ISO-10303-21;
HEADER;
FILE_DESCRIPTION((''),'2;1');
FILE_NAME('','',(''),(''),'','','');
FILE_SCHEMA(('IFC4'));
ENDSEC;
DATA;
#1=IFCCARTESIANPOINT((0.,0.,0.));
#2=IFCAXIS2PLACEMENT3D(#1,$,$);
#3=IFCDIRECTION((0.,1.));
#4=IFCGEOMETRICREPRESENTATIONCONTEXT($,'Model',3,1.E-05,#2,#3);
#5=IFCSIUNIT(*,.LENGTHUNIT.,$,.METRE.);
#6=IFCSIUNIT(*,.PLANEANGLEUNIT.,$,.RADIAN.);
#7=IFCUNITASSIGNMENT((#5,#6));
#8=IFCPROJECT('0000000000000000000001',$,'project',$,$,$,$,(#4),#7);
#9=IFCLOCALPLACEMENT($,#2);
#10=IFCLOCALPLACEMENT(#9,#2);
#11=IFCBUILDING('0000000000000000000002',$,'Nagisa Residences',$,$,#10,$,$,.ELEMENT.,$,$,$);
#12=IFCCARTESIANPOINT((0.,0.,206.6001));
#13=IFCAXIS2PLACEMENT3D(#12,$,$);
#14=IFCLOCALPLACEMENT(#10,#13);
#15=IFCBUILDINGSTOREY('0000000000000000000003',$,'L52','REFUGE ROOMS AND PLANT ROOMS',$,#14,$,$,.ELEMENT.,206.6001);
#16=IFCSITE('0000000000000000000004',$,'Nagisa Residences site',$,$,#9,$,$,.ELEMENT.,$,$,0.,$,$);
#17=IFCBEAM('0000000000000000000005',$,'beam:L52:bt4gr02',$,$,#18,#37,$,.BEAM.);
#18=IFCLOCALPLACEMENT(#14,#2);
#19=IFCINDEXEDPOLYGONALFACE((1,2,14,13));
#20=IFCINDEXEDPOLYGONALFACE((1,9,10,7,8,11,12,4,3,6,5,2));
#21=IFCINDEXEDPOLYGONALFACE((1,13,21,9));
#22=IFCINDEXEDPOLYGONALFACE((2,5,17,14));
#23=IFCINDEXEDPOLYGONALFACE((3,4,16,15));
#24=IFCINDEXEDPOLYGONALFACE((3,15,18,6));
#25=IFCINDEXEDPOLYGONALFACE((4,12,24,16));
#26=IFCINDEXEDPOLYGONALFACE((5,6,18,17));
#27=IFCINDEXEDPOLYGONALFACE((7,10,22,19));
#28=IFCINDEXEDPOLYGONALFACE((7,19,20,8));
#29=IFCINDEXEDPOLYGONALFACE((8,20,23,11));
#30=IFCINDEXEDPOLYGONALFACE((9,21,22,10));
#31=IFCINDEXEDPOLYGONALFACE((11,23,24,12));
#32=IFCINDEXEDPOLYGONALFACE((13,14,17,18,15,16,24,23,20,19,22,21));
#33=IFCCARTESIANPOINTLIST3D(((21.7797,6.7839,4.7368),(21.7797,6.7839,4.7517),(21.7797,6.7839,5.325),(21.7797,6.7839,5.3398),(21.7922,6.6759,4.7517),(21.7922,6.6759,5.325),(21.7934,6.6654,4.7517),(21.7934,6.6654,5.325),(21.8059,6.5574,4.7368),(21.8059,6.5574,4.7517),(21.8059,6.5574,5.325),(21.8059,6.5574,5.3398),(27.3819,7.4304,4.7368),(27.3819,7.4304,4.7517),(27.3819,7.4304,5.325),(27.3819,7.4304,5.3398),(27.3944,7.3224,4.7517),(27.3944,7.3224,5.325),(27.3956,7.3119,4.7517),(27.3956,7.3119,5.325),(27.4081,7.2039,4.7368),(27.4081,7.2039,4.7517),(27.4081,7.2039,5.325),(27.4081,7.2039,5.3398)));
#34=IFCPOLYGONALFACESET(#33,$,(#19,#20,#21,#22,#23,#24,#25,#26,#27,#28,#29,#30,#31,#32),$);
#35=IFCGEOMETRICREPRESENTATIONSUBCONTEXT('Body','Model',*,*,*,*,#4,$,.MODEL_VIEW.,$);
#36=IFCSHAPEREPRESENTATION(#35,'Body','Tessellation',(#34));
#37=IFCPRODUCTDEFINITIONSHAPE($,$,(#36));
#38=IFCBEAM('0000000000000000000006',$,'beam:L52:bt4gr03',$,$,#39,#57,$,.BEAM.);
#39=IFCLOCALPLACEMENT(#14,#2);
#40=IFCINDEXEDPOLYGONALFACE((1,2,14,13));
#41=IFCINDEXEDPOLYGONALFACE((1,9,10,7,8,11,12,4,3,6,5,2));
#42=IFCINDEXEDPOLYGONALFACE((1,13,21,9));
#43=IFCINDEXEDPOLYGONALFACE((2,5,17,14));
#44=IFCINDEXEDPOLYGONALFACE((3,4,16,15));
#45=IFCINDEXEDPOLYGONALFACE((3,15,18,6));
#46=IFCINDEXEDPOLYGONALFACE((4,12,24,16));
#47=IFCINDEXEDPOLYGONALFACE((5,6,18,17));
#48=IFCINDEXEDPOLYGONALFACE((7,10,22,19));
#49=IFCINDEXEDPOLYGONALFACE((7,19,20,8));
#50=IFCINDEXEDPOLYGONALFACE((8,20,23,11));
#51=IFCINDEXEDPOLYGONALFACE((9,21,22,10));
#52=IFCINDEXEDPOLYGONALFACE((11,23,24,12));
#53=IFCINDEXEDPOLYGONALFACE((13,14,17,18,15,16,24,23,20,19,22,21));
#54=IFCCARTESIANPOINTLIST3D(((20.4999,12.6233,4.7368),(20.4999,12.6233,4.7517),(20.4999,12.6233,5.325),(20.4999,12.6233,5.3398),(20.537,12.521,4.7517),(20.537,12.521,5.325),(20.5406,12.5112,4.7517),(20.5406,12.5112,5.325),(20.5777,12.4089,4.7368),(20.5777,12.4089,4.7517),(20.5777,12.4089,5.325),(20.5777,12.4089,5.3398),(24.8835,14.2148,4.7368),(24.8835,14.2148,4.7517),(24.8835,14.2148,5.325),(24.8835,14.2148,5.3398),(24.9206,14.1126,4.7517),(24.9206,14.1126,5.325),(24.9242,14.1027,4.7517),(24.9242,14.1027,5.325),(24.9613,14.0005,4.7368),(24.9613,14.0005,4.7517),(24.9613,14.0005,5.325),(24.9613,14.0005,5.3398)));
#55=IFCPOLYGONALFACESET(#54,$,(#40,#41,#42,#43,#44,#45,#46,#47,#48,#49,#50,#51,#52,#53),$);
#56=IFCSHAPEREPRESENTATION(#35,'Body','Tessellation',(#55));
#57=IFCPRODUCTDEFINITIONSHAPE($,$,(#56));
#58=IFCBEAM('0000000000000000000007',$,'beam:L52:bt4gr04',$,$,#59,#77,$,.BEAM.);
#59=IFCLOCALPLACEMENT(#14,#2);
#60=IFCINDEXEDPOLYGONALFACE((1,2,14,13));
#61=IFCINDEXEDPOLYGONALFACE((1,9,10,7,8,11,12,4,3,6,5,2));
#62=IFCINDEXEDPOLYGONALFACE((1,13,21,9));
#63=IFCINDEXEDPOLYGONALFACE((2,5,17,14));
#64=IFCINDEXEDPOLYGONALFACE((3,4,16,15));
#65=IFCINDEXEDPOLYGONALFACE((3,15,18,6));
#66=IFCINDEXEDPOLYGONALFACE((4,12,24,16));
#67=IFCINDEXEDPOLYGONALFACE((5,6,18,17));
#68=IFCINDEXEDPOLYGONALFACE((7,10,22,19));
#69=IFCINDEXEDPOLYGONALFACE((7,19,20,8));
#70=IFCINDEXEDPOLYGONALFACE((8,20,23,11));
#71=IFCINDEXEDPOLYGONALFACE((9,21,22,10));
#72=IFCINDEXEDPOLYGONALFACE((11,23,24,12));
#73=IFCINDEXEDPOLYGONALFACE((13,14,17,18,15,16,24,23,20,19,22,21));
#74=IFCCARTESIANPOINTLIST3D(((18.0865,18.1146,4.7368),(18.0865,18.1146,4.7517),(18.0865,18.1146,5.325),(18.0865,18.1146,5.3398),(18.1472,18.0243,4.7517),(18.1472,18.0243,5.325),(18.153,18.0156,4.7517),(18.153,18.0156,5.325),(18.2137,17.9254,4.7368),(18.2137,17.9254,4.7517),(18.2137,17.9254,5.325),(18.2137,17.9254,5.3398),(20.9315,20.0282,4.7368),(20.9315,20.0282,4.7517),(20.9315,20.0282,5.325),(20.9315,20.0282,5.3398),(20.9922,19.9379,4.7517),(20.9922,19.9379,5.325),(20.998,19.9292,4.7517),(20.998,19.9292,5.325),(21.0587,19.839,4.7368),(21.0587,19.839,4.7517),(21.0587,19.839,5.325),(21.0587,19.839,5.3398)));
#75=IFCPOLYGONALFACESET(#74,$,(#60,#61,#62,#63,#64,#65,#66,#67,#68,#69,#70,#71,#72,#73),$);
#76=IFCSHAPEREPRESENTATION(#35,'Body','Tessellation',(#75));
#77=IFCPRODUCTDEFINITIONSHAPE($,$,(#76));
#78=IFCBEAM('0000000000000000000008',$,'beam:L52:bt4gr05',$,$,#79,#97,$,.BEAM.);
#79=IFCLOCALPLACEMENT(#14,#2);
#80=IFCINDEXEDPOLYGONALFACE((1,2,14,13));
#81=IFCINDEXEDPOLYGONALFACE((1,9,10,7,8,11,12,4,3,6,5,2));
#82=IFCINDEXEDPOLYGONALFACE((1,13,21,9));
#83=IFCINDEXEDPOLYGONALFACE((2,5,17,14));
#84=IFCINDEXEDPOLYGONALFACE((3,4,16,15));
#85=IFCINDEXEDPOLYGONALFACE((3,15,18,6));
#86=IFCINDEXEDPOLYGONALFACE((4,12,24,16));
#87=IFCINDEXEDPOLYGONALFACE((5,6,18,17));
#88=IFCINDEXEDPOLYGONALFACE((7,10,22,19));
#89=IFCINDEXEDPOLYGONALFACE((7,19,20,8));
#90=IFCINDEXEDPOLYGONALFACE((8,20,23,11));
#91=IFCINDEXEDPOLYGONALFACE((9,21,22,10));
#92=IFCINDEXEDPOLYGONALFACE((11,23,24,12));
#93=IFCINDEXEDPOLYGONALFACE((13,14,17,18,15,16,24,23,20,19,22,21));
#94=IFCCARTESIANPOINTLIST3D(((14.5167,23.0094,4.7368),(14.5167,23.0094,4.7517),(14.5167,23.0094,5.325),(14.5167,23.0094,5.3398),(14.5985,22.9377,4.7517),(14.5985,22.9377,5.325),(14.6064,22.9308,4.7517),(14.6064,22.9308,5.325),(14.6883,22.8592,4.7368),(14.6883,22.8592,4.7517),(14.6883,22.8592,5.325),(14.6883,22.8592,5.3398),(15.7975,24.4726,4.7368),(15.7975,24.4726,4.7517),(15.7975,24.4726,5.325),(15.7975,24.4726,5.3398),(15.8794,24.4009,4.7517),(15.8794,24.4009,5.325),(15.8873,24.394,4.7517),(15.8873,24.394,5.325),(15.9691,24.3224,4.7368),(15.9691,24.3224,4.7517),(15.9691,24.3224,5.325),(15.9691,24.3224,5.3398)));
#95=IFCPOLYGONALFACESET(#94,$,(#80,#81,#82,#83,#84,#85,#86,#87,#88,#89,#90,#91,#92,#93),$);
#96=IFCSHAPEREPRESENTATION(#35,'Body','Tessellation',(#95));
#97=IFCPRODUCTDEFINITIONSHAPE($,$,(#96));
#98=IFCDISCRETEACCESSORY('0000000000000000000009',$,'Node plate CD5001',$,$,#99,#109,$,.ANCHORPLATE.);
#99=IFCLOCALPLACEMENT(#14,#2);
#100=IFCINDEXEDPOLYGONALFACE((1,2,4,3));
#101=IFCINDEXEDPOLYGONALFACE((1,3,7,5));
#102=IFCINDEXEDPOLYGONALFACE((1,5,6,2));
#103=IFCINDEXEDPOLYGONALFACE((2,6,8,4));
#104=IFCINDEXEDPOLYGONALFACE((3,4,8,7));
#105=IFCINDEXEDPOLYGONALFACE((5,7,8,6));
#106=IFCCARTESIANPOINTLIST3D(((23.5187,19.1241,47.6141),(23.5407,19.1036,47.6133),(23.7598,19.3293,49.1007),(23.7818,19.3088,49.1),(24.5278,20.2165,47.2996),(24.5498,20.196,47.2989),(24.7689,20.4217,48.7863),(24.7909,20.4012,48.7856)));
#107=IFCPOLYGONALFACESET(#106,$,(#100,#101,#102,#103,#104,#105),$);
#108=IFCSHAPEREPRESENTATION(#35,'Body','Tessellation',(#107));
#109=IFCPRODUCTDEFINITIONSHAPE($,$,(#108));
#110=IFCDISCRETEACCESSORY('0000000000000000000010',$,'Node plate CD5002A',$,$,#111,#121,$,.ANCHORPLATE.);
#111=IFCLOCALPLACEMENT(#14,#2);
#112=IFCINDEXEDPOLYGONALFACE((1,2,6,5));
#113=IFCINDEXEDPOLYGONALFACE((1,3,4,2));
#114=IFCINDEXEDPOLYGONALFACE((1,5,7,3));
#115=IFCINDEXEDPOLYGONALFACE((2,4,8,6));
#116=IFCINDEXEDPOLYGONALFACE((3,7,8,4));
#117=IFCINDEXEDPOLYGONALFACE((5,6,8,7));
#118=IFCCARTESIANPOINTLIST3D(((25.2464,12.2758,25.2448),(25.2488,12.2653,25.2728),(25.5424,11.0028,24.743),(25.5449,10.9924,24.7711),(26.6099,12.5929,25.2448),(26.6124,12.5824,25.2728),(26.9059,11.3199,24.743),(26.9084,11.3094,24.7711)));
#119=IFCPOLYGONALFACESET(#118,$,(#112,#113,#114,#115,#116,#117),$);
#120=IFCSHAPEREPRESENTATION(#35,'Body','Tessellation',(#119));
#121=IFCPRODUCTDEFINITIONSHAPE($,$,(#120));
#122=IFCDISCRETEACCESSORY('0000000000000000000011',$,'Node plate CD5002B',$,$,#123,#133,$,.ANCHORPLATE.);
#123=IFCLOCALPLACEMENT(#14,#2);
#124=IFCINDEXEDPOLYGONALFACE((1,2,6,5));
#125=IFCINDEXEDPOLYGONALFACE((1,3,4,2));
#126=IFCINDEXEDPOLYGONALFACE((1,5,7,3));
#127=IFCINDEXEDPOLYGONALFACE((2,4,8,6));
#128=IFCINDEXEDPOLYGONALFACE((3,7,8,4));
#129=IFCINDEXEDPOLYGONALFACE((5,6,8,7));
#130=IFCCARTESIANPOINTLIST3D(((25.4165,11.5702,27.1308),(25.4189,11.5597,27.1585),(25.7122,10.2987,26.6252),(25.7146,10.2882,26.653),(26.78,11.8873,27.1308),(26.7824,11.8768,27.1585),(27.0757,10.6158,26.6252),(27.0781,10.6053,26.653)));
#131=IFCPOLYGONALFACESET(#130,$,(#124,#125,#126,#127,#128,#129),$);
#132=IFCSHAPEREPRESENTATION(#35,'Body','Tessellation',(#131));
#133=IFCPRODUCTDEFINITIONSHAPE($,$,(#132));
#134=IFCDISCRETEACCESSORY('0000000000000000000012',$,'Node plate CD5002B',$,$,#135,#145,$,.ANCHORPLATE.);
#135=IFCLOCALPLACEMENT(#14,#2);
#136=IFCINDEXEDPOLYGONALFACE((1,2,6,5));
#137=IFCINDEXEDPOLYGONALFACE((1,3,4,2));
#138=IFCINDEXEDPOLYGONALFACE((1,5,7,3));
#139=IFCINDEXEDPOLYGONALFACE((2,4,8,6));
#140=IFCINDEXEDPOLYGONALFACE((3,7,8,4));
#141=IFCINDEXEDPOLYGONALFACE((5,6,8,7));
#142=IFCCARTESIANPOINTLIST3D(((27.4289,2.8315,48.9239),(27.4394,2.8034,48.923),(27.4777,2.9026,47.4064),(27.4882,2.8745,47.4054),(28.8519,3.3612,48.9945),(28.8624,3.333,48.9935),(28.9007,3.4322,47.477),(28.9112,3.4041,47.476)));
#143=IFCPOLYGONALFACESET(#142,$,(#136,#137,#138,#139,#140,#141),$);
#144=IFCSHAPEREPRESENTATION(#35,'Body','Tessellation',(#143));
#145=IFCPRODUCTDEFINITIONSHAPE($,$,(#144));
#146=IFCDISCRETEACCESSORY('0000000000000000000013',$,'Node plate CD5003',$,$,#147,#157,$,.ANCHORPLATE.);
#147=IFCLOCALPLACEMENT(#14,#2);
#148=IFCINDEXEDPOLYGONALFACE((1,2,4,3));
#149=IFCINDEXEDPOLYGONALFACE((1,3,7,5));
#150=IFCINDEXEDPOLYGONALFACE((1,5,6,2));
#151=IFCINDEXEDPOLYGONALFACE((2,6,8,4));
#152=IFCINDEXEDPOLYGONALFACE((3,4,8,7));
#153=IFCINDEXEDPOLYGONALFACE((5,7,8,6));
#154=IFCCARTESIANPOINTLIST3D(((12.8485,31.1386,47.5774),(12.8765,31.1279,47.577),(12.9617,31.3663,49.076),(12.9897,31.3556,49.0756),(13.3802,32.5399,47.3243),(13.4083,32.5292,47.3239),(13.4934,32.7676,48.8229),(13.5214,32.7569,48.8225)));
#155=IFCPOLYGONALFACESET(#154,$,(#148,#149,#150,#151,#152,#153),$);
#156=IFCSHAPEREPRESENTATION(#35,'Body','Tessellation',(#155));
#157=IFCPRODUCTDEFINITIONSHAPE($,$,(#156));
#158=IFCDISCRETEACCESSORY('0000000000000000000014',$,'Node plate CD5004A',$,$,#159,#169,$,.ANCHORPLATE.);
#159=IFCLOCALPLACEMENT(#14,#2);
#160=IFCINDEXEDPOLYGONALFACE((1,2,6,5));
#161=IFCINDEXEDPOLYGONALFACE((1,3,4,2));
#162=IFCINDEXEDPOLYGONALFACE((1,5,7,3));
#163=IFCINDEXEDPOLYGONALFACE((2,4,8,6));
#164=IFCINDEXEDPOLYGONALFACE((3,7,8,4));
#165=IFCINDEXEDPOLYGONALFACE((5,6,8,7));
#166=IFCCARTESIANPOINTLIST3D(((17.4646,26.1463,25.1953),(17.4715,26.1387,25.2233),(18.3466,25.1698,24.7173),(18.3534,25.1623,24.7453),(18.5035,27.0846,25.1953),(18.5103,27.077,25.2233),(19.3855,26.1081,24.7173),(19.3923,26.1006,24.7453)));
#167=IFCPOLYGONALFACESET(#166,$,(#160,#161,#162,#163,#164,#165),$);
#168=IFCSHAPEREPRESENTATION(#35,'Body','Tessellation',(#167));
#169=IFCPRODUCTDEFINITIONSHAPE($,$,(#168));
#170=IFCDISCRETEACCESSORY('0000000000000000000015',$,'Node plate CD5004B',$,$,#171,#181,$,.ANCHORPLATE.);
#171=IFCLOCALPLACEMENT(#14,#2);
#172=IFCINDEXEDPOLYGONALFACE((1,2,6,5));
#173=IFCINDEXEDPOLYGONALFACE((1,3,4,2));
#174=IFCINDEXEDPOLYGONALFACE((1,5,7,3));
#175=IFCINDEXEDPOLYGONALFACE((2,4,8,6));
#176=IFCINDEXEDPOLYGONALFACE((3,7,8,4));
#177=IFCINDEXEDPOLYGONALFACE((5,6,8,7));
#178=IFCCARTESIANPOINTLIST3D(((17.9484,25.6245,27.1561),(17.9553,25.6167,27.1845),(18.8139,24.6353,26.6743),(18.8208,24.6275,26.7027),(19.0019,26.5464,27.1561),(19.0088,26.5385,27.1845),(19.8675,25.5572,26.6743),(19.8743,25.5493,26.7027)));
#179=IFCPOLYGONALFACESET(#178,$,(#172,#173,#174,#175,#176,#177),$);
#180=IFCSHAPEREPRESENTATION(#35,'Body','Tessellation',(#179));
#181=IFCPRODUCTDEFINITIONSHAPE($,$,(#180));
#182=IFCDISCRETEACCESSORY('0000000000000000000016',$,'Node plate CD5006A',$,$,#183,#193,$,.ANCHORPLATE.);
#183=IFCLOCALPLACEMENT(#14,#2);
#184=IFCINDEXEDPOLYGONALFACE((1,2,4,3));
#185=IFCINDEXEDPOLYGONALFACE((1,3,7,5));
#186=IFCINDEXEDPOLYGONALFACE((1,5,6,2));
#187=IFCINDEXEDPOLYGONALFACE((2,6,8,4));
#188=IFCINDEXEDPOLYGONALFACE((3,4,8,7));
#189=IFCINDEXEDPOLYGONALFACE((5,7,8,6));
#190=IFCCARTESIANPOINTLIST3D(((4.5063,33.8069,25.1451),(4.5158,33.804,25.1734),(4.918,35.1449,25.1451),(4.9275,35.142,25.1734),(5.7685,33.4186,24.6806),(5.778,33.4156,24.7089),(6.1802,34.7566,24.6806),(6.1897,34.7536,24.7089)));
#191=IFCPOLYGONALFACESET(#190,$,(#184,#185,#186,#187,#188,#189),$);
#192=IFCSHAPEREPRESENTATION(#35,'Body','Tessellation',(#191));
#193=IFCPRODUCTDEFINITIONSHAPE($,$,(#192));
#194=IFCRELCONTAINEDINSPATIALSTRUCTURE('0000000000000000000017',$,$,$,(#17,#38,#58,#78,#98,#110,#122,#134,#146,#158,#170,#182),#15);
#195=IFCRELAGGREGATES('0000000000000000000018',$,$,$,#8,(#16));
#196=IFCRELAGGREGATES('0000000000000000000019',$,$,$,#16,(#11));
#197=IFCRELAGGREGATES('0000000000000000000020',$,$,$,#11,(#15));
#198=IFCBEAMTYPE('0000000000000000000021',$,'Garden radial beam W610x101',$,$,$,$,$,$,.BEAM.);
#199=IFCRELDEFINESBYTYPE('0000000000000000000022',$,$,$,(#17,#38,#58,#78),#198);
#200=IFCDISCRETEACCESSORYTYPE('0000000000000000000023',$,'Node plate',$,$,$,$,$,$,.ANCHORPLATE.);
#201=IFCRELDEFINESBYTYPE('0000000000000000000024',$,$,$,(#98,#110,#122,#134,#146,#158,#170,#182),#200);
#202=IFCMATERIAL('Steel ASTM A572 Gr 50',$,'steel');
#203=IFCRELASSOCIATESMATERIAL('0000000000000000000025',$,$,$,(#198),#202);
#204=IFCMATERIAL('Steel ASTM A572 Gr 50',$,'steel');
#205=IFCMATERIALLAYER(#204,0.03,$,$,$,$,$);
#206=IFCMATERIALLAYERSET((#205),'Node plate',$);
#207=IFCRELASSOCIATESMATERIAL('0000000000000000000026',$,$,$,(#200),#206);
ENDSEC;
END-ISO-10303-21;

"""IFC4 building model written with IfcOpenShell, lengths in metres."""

from ifc_helpers import new_model, si_unit, direction, frame, origin, origin_2d, place, context, subcontext, project, spatial, rectangle, i_section, extrude, material, layer, layer_set, material_profile, profile_set, type_object, element, save


model = new_model("IFC4")

# Units and contexts
model_context = context("Model", 3, precision=1e-05, world=origin(), true_north=direction((0.0, 1.0)))
body_context = subcontext(model_context, "Body", "Model", "MODEL_VIEW")
ifc_project = project(units=[si_unit("LENGTHUNIT", "METRE"), si_unit("PLANEANGLEUNIT", "RADIAN")], contexts=[model_context])

# Site, building, storey
site_placement = place(None, origin())
site = spatial("IfcSite", under=ifc_project, at=site_placement, Name="Nagisa Residences site", CompositionType="ELEMENT", RefElevation=0.0)
building_placement = place(site_placement, origin())
building = spatial("IfcBuilding", under=site, at=building_placement, Name="Nagisa Residences", CompositionType="ELEMENT")
storey_placement = place(building_placement, frame((0.0, 0.0, 206.6001)))
storey = spatial("IfcBuildingStorey", under=building, at=storey_placement, Name="L52", Description="REFUGE ROOMS AND PLANT ROOMS", CompositionType="ELEMENT", Elevation=206.6001)

# Beams
ifc_material_1 = material(Name="Steel ASTM A572 Gr 50", Category="steel")
ifc_material_profile_1 = material_profile(ifc_material_1, i_section(OverallWidth=0.228, OverallDepth=0.603, WebThickness=0.0105, FlangeThickness=0.0149, at=origin_2d()), Name="W610x101")
ifc_profile_set_1 = profile_set([ifc_material_profile_1], Name="Steel ASTM A572 Gr 50")
beam_type_1 = type_object("IfcBeamType", Name="Garden radial beam W610x101", PredefinedType="BEAM", material=ifc_profile_set_1)
beam_1_placement = place(storey_placement, frame((27.395, 7.3171, 5.0383), z_axis=(-0.993408, -0.114636, 0.0), x_axis=(0.114636, -0.993408, 0.0)))
element("IfcBeam", 1, at=beam_1_placement, inside=storey, type_object=beam_type_1, Name="beam:L52:bt4gr02", PredefinedType="BEAM", context=body_context, shape_type="SweptSolid", body=[
    extrude(i_section(OverallWidth=0.228, OverallDepth=0.603, WebThickness=0.0105, FlangeThickness=0.0149, at=origin_2d()), origin(), (0.0, 0.0, 1.0), 5.6394),
])
beam_2_placement = place(storey_placement, frame((24.9224, 14.1077, 5.0383), z_axis=(-0.939963, -0.341276, 0.0), x_axis=(0.341276, -0.939963, 0.0)))
element("IfcBeam", 2, at=beam_2_placement, inside=storey, type_object=beam_type_1, Name="beam:L52:bt4gr03", PredefinedType="BEAM", context=body_context, shape_type="SweptSolid", body=[
    extrude(i_section(OverallWidth=0.228, OverallDepth=0.603, WebThickness=0.0105, FlangeThickness=0.0149, at=origin_2d()), origin(), (0.0, 0.0, 1.0), 4.6636),
])
beam_3_placement = place(storey_placement, frame((20.9951, 19.9336, 5.0383), z_axis=(-0.829765, -0.558113, 0.0), x_axis=(0.558113, -0.829765, 0.0)))
element("IfcBeam", 3, at=beam_3_placement, inside=storey, type_object=beam_type_1, Name="beam:L52:bt4gr04", PredefinedType="BEAM", context=body_context, shape_type="SweptSolid", body=[
    extrude(i_section(OverallWidth=0.228, OverallDepth=0.603, WebThickness=0.0105, FlangeThickness=0.0149, at=origin_2d()), origin(), (0.0, 0.0, 1.0), 3.4287),
])
beam_4_placement = place(storey_placement, frame((15.8833, 24.3975, 5.0383), z_axis=(-0.658656, -0.752444, 0.0), x_axis=(0.752444, -0.658656, 0.0)))
element("IfcBeam", 4, at=beam_4_placement, inside=storey, type_object=beam_type_1, Name="beam:L52:bt4gr05", PredefinedType="BEAM", context=body_context, shape_type="SweptSolid", body=[
    extrude(i_section(OverallWidth=0.228, OverallDepth=0.603, WebThickness=0.0105, FlangeThickness=0.0149, at=origin_2d()), origin(), (0.0, 0.0, 1.0), 1.9446),
])

# Discrete accessories
ifc_material_2 = material(Name="Steel ASTM A572 Gr 50", Category="steel")
ifc_layer = layer(ifc_material_2, 0.03)
ifc_layer_set = layer_set([ifc_layer], Name="Node plate")
discrete_accessory_type = type_object("IfcDiscreteAccessoryType", Name="Node plate", PredefinedType="ANCHORPLATE", material=ifc_layer_set)
discrete_accessory_1_placement = place(storey_placement, frame((24.1658, 19.7524, 48.1995), z_axis=(-0.730838, 0.682116, 0.024361), x_axis=(-0.158607, -0.135005, -0.978068)))
element("IfcDiscreteAccessory", 5, at=discrete_accessory_1_placement, inside=storey, type_object=discrete_accessory_type, Name="Node plate CD5001", PredefinedType="ANCHORPLATE", context=body_context, shape_type="SweptSolid", body=[
    extrude(rectangle(XDim=1.52, YDim=1.52, at=origin_2d()), origin(), (0.0, 0.0, 1.0), 0.03),
])
discrete_accessory_2_placement = place(storey_placement, frame((26.0762, 11.7979, 24.9939), z_axis=(0.08118, -0.349075, 0.933572), x_axis=(0.974008, 0.226513, 0.0)))
element("IfcDiscreteAccessory", 6, at=discrete_accessory_2_placement, inside=storey, type_object=discrete_accessory_type, Name="Node plate CD5002A", PredefinedType="ANCHORPLATE", context=body_context, shape_type="SweptSolid", body=[
    extrude(rectangle(XDim=1.3999, YDim=1.3999, at=origin_2d()), origin(), (0.0, 0.0, 1.0), 0.03),
])
discrete_accessory_3_placement = place(storey_placement, frame((26.2485, 11.0825, 26.9058), z_axis=(-0.0818, 0.351739, -0.932517), x_axis=(-0.974008, -0.226513, 0.0)))
element("IfcDiscreteAccessory", 7, at=discrete_accessory_3_placement, inside=storey, type_object=discrete_accessory_type, Name="Node plate CD5002B", PredefinedType="ANCHORPLATE", context=body_context, shape_type="SweptSolid", body=[
    extrude(rectangle(XDim=1.3999, YDim=1.3999, at=origin_2d()), origin(), (0.0, 0.0, 1.0), 0.0298),
])
for number, where, z_axis, x_axis, name in (
    (8, (28.1753, 3.1038, 48.1995), (-0.350045, 0.936167, 0.032562), (0.032132, 0.046741, -0.99839), "Node plate CD5002B"),
    (9, (13.199, 31.9424, 48.1997), (-0.933849, 0.357299, 0.016241), (-0.074466, -0.149813, -0.985906), "Node plate CD5003"),
):
    element("IfcDiscreteAccessory", number, at=place(storey_placement, frame(where, z_axis=z_axis, x_axis=x_axis)), inside=storey, type_object=discrete_accessory_type, Name=name, PredefinedType="ANCHORPLATE", context=body_context, shape_type="SweptSolid", body=[
        extrude(rectangle(XDim=1.52, YDim=1.52, at=origin_2d()), origin(), (0.0, 0.0, 1.0), 0.03),
    ])
discrete_accessory_4_placement = place(storey_placement, frame((18.425, 26.1272, 24.9563), z_axis=(0.228848, -0.253367, 0.939911), x_axis=(0.742103, 0.670286, 0.0)))
element("IfcDiscreteAccessory", 10, at=discrete_accessory_4_placement, inside=storey, type_object=discrete_accessory_type, Name="Node plate CD5004A", PredefinedType="ANCHORPLATE", context=body_context, shape_type="SweptSolid", body=[
    extrude(rectangle(XDim=1.3999, YDim=1.3999, at=origin_2d()), origin(), (0.0, 0.0, 1.0), 0.0298),
])
discrete_accessory_5_placement = place(storey_placement, frame((18.9148, 25.583, 26.9436), z_axis=(-0.226633, 0.25901, -0.93891), x_axis=(-0.752577, -0.658505, 0.0)))
element("IfcDiscreteAccessory", 11, at=discrete_accessory_5_placement, inside=storey, type_object=discrete_accessory_type, Name="Node plate CD5004B", PredefinedType="ANCHORPLATE", context=body_context, shape_type="SweptSolid", body=[
    extrude(rectangle(XDim=1.3999, YDim=1.3999, at=origin_2d()), origin(), (0.0, 0.0, 1.0), 0.0303),
])
for number, where, z_axis, x_axis, name in (
    (12, (5.3433, 34.2817, 24.9128), (0.317157, -0.097587, 0.943339), (0.294086, 0.955779, 0.0), "Node plate CD5006A"),
):
    element("IfcDiscreteAccessory", number, at=place(storey_placement, frame(where, z_axis=z_axis, x_axis=x_axis)), inside=storey, type_object=discrete_accessory_type, Name=name, PredefinedType="ANCHORPLATE", context=body_context, shape_type="SweptSolid", body=[
        extrude(rectangle(XDim=1.3999, YDim=1.3999, at=origin_2d()), origin(), (0.0, 0.0, 1.0), 0.03),
    ])

save(model, "model.ifc")
